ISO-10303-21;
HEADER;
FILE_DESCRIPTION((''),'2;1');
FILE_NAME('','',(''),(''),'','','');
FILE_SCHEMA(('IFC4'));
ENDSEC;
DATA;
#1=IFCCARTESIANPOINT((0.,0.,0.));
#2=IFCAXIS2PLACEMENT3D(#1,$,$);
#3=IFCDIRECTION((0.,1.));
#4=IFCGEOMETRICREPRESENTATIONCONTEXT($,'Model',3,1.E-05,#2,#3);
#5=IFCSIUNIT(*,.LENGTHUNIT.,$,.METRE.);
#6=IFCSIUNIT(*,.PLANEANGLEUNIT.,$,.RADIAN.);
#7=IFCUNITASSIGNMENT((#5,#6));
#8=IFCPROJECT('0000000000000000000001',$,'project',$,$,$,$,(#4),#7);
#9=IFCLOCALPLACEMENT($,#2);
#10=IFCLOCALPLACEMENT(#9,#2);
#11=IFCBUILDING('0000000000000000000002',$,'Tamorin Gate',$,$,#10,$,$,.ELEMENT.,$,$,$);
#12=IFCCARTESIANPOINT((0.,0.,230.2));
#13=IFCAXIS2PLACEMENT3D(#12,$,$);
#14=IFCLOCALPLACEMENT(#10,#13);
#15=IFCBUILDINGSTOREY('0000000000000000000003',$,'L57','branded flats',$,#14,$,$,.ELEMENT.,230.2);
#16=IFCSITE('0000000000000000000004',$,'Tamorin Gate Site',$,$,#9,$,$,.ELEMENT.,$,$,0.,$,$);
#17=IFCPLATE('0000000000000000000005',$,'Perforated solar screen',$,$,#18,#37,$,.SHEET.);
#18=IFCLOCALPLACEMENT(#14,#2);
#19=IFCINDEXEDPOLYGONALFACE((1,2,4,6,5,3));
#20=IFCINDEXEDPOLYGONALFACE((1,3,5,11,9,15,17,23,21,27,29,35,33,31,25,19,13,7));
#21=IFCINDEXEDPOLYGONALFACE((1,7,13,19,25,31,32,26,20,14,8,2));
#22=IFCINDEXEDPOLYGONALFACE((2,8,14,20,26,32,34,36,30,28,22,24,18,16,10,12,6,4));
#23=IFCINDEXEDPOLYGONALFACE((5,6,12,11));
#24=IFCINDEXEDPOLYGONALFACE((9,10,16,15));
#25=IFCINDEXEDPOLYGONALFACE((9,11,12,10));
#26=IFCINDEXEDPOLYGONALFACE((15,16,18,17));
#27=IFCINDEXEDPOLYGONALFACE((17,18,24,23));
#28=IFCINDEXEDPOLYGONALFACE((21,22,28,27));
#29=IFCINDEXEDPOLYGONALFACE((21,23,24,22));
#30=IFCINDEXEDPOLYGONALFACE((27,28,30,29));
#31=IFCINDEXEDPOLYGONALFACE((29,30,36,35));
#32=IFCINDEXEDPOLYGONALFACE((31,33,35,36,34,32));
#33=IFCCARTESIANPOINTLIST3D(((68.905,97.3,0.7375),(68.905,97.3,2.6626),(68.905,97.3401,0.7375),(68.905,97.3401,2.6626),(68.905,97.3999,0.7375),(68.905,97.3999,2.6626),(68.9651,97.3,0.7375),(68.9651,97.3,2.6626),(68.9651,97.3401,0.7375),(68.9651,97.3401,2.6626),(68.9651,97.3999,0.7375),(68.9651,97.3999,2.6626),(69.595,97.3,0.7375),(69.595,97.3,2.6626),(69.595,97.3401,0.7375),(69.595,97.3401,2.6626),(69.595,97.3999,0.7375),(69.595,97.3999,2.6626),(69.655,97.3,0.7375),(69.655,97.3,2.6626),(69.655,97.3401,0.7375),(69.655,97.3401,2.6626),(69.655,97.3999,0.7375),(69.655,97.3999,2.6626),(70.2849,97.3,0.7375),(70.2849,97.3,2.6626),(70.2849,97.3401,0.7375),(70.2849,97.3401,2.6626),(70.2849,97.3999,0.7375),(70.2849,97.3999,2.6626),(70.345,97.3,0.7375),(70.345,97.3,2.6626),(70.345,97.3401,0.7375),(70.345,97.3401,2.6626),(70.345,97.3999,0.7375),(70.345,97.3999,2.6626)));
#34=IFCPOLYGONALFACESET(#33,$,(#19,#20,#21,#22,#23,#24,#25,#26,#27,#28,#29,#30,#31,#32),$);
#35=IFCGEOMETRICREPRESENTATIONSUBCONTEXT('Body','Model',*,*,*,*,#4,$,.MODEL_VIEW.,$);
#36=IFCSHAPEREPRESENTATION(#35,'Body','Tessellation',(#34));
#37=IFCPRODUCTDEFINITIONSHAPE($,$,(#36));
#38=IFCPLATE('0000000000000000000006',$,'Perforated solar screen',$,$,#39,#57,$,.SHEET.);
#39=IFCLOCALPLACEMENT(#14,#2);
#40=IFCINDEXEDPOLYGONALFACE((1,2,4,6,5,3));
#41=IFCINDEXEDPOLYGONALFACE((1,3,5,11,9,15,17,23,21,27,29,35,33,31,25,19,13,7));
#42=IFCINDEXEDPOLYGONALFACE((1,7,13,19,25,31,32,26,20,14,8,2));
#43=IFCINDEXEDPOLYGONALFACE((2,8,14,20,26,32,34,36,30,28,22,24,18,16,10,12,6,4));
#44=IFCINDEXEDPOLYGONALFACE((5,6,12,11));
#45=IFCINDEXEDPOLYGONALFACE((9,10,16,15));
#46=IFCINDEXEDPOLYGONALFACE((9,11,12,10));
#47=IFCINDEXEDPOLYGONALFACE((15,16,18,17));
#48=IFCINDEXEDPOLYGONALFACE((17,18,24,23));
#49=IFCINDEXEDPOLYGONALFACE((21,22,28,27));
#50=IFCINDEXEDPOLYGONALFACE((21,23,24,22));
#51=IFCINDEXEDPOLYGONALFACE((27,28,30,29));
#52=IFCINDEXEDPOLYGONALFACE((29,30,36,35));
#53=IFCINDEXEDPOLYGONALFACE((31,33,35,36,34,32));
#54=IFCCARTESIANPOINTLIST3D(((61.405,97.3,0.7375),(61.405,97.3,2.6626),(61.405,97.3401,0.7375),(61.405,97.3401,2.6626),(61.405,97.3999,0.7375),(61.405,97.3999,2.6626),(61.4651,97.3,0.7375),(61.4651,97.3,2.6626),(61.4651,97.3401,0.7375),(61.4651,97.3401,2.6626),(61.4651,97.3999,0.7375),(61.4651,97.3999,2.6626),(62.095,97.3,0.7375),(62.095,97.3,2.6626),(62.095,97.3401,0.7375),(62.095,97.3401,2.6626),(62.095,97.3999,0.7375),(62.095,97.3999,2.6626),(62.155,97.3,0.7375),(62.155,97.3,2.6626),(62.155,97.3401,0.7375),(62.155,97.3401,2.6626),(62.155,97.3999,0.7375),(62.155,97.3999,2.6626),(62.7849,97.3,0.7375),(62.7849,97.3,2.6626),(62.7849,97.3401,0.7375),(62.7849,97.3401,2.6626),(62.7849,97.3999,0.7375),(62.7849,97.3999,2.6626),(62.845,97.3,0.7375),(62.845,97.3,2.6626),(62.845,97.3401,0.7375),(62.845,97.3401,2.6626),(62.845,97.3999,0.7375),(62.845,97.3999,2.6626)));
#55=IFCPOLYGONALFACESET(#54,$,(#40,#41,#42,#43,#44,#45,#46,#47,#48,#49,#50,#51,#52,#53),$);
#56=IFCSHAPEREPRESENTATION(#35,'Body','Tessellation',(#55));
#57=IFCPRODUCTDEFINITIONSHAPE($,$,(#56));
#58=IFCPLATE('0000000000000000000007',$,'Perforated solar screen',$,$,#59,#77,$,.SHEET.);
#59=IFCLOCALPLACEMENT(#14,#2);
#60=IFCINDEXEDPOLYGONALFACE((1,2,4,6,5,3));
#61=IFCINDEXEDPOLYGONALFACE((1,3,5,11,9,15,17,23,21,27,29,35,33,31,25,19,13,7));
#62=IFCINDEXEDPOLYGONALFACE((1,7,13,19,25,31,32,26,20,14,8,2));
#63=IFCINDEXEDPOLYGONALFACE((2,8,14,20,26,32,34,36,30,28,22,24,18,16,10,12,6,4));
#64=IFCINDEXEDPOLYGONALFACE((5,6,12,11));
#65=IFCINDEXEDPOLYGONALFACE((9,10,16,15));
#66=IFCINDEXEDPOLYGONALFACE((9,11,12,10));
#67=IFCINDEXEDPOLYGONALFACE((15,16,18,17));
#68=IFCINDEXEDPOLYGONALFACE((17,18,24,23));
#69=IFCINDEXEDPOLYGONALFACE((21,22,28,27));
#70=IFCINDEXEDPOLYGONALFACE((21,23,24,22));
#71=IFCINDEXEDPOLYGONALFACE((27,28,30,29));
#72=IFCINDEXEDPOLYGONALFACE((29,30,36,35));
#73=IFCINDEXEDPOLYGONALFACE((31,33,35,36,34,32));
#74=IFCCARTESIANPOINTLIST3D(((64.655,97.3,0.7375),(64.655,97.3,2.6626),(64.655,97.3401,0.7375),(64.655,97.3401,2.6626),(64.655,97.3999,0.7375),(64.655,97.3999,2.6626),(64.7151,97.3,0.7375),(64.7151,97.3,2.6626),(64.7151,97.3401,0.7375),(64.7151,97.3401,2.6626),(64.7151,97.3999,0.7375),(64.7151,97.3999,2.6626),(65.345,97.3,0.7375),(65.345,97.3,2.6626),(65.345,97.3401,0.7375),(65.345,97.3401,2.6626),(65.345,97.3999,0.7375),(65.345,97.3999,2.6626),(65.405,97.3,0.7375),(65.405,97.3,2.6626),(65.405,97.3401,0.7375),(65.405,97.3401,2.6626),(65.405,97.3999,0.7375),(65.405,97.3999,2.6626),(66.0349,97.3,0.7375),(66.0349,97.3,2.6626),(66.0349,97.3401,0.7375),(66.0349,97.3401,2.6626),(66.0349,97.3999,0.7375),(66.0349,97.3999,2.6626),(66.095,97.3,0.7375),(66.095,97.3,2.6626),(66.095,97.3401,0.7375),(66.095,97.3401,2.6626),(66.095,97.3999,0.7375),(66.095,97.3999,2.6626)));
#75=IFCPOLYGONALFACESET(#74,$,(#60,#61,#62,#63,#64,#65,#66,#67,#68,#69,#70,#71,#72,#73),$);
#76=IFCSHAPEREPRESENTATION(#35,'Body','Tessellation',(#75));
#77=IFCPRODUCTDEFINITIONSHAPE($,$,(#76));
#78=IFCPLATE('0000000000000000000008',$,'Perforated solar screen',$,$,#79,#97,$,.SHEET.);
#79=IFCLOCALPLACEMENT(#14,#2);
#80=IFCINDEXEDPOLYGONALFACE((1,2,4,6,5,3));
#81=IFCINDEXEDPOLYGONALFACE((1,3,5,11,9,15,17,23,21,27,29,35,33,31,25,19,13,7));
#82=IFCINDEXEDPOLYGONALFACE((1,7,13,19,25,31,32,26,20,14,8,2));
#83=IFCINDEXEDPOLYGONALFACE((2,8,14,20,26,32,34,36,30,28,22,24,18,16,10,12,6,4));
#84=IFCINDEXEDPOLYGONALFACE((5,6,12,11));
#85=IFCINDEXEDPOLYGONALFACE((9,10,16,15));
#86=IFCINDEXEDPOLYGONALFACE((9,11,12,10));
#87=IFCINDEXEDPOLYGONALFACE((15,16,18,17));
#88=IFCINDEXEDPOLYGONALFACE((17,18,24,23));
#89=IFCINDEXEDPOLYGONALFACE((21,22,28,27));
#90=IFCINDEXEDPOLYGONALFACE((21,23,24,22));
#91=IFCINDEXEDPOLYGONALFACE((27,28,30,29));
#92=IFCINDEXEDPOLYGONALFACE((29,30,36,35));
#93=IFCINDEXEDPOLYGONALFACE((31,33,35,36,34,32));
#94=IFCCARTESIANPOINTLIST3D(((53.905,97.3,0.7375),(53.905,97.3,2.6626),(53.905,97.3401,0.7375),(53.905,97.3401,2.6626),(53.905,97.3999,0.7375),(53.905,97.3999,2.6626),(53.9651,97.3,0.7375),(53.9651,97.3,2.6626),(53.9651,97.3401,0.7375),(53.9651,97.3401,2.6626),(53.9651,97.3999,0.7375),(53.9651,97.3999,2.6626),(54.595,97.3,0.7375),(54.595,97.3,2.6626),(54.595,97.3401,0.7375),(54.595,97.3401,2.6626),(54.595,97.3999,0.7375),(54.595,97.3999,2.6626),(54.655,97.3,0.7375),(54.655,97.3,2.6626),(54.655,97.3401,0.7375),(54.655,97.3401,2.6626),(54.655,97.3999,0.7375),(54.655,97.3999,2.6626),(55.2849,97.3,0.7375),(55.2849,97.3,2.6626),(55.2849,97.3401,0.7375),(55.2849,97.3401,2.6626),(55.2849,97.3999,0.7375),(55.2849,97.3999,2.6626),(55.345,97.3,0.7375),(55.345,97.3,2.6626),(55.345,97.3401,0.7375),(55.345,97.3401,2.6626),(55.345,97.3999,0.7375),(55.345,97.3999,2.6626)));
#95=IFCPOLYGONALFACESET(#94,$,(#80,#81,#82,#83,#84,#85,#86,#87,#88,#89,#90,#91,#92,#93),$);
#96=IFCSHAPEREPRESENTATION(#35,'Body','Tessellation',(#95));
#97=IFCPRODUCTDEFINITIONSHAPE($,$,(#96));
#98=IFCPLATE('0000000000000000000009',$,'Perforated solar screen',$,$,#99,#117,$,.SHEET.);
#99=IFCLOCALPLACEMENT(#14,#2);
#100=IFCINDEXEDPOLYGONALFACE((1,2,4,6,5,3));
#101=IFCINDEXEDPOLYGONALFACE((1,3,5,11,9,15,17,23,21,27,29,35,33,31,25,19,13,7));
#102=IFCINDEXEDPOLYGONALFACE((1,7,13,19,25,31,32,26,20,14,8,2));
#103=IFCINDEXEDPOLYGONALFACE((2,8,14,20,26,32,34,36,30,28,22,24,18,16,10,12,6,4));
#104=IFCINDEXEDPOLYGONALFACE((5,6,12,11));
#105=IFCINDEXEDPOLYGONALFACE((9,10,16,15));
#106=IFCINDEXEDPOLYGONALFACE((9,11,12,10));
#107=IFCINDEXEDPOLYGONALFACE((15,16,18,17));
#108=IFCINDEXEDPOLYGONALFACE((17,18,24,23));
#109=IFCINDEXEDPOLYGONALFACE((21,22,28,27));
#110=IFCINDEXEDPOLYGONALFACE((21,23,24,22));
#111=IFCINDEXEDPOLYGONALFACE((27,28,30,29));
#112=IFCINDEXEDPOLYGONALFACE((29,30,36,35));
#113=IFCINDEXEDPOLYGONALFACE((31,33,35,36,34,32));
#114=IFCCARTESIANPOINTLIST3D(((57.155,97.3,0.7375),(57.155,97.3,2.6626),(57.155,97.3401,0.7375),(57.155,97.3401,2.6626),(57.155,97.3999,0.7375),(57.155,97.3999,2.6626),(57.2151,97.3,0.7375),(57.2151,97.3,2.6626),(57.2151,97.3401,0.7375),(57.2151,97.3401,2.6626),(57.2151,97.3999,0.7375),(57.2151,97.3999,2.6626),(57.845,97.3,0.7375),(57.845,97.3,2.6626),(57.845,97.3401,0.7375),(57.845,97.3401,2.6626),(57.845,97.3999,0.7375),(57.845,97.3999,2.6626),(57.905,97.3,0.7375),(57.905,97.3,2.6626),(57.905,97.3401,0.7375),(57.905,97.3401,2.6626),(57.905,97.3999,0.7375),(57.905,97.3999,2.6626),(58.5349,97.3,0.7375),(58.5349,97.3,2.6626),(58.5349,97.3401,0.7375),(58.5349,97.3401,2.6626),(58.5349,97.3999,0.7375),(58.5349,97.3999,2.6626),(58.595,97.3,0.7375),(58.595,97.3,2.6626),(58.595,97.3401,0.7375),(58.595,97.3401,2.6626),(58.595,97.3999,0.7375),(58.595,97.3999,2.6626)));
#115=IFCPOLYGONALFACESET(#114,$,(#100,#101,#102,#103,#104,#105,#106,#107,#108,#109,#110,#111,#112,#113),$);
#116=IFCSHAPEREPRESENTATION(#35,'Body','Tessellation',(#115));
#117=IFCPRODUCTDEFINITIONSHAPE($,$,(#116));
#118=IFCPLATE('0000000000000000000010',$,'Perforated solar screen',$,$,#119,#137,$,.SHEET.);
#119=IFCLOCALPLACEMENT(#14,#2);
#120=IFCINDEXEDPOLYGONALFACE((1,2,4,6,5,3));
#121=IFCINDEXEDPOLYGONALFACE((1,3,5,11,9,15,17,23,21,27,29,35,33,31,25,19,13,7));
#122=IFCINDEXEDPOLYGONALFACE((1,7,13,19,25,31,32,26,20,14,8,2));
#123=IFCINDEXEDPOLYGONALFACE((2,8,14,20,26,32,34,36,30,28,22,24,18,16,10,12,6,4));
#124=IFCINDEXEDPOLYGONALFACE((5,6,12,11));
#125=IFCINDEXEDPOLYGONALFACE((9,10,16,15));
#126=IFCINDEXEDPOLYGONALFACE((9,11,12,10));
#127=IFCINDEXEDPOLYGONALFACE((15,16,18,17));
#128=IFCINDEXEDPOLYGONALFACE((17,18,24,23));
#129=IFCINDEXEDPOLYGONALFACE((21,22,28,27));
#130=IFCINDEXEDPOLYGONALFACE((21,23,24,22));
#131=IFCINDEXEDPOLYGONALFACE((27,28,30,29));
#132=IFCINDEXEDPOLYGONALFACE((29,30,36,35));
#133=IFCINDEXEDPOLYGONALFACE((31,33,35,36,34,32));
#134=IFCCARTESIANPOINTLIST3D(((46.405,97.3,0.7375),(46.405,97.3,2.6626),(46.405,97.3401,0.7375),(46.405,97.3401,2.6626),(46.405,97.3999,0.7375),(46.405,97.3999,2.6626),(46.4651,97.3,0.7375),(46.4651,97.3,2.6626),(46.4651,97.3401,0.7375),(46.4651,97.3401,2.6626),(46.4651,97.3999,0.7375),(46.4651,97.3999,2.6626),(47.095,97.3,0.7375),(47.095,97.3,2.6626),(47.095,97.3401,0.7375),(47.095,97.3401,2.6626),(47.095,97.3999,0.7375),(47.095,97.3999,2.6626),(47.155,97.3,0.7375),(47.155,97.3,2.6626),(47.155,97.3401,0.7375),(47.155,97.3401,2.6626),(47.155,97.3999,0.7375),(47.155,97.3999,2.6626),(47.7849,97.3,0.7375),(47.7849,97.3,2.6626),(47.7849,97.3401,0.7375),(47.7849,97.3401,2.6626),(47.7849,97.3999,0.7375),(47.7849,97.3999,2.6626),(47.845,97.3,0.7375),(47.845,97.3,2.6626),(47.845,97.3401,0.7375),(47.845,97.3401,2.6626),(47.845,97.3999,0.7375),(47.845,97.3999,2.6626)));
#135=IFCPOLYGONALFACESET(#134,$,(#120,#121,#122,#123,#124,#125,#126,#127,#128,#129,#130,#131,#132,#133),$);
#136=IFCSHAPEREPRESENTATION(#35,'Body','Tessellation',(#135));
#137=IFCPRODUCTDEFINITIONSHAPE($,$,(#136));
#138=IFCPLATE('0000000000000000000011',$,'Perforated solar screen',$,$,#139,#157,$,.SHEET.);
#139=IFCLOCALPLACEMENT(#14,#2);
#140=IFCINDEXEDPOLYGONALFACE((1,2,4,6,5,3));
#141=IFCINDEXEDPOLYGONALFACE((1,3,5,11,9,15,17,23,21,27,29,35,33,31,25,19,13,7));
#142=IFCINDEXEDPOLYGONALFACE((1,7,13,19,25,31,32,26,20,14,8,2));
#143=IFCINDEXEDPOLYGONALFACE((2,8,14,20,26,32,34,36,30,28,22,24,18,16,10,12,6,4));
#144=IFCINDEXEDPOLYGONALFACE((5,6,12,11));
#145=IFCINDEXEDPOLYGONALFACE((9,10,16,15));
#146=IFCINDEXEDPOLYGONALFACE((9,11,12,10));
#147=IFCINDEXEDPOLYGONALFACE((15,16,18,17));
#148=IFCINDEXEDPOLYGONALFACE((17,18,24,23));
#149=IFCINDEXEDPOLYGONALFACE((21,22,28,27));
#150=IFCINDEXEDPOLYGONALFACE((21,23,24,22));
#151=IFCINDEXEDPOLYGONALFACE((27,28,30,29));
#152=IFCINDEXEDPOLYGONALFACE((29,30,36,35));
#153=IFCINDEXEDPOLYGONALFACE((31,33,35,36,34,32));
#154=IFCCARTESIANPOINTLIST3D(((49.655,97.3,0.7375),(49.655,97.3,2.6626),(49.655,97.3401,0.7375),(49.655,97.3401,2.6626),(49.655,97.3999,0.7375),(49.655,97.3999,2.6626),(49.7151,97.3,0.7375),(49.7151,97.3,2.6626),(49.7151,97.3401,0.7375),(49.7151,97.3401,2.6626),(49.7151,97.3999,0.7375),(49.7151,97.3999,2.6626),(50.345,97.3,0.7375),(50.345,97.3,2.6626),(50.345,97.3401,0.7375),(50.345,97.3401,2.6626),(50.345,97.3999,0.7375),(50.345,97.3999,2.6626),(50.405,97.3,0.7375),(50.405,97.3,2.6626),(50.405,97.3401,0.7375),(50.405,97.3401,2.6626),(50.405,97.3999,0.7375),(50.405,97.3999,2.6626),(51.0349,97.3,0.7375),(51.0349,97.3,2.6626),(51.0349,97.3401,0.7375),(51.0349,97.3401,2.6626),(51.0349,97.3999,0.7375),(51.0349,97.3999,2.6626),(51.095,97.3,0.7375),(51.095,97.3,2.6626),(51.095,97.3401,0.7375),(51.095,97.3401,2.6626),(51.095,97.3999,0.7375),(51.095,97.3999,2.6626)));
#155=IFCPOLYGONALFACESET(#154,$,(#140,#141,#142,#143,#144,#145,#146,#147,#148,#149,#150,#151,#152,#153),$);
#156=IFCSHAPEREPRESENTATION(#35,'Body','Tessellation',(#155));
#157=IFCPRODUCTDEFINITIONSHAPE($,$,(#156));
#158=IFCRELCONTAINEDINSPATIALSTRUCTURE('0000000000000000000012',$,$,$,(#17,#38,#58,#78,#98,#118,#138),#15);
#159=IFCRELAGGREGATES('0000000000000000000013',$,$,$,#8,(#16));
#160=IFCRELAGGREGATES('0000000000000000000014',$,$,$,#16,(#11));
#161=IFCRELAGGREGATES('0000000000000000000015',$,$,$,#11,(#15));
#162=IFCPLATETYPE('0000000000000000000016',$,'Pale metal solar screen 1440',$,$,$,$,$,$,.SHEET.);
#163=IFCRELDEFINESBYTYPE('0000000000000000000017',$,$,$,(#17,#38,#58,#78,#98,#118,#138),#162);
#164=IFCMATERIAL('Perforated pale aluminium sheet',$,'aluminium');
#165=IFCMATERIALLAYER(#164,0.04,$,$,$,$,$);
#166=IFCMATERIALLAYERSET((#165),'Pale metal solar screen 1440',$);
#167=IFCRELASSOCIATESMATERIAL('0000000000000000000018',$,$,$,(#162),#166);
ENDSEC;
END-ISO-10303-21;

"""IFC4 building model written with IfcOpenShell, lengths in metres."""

from ifc_helpers import new_model, si_unit, direction, frame, origin, place, context, subcontext, project, spatial, polyline, outline, extrude, material, layer, layer_set, type_object, element, save


model = new_model("IFC4")

# Units and contexts
model_context = context("Model", 3, precision=1e-05, world=origin(), true_north=direction((0.0, 1.0)))
body_context = subcontext(model_context, "Body", "Model", "MODEL_VIEW")
ifc_project = project(units=[si_unit("LENGTHUNIT", "METRE"), si_unit("PLANEANGLEUNIT", "RADIAN")], contexts=[model_context])

# Site, building, storey
site_placement = place(None, origin())
site = spatial("IfcSite", under=ifc_project, at=site_placement, Name="Tamorin Gate Site", CompositionType="ELEMENT", RefElevation=0.0)
building_placement = place(site_placement, origin())
building = spatial("IfcBuilding", under=site, at=building_placement, Name="Tamorin Gate", CompositionType="ELEMENT")
storey_placement = place(building_placement, frame((0.0, 0.0, 230.2)))
storey = spatial("IfcBuildingStorey", under=building, at=storey_placement, Name="L57", Description="branded flats", CompositionType="ELEMENT", Elevation=230.2)

# Plates
ifc_material_1 = material(Name="Perforated pale aluminium sheet", Category="aluminium")
ifc_layer_1 = layer(ifc_material_1, 0.04)
ifc_layer_set_1 = layer_set([ifc_layer_1], Name="Pale metal solar screen 1440")
plate_type = type_object("IfcPlateType", Name="Pale metal solar screen 1440", PredefinedType="SHEET", material=ifc_layer_set_1)
plate_1_placement = place(storey_placement, frame((0.0, 0.0, 0.7375)))
element("IfcPlate", 1, at=plate_1_placement, inside=storey, type_object=plate_type, Name="Perforated solar screen", PredefinedType="SHEET", context=body_context, shape_type="SweptSolid", body=[
    extrude(outline(polyline([(70.345, 97.3401), (70.345, 97.3), (70.2849, 97.3), (69.655, 97.3), (69.595, 97.3), (68.9651, 97.3), (68.905, 97.3), (68.905, 97.3), (68.905, 97.3401), (68.905, 97.3401), (68.905, 97.3999), (68.9651, 97.3999), (68.9651, 97.3401), (69.595, 97.3401), (69.595, 97.3999), (69.655, 97.3999), (69.655, 97.3401), (70.2849, 97.3401), (70.2849, 97.3999), (70.345, 97.3999), (70.345, 97.3401)])), origin(), (0.0, 0.0, 1.0), 1.925),
])
plate_2_placement = place(storey_placement, frame((0.0, 0.0, 0.7375)))
element("IfcPlate", 2, at=plate_2_placement, inside=storey, type_object=plate_type, Name="Perforated solar screen", PredefinedType="SHEET", context=body_context, shape_type="SweptSolid", body=[
    extrude(outline(polyline([(62.845, 97.3401), (62.845, 97.3), (62.7849, 97.3), (62.155, 97.3), (62.095, 97.3), (61.4651, 97.3), (61.405, 97.3), (61.405, 97.3401), (61.405, 97.3999), (61.4651, 97.3999), (61.4651, 97.3401), (62.095, 97.3401), (62.095, 97.3999), (62.155, 97.3999), (62.155, 97.3401), (62.7849, 97.3401), (62.7849, 97.3999), (62.845, 97.3999), (62.845, 97.3401)])), origin(), (0.0, 0.0, 1.0), 1.925),
])
plate_3_placement = place(storey_placement, frame((0.0, 0.0, 0.7375)))
element("IfcPlate", 3, at=plate_3_placement, inside=storey, type_object=plate_type, Name="Perforated solar screen", PredefinedType="SHEET", context=body_context, shape_type="SweptSolid", body=[
    extrude(outline(polyline([(66.095, 97.3401), (66.095, 97.3), (66.0349, 97.3), (65.405, 97.3), (65.345, 97.3), (64.7151, 97.3), (64.655, 97.3), (64.655, 97.3401), (64.655, 97.3999), (64.7151, 97.3999), (64.7151, 97.3401), (65.345, 97.3401), (65.345, 97.3999), (65.405, 97.3999), (65.405, 97.3401), (66.0349, 97.3401), (66.0349, 97.3999), (66.095, 97.3999), (66.095, 97.3401)])), origin(), (0.0, 0.0, 1.0), 1.925),
])
plate_4_placement = place(storey_placement, frame((0.0, 0.0, 0.7375)))
element("IfcPlate", 4, at=plate_4_placement, inside=storey, type_object=plate_type, Name="Perforated solar screen", PredefinedType="SHEET", context=body_context, shape_type="SweptSolid", body=[
    extrude(outline(polyline([(55.345, 97.3401), (55.345, 97.3), (55.2849, 97.3), (54.655, 97.3), (54.595, 97.3), (53.9651, 97.3), (53.905, 97.3), (53.905, 97.3401), (53.905, 97.3999), (53.9651, 97.3999), (53.9651, 97.3401), (54.595, 97.3401), (54.595, 97.3999), (54.655, 97.3999), (54.655, 97.3401), (55.2849, 97.3401), (55.2849, 97.3999), (55.345, 97.3999), (55.345, 97.3401)])), origin(), (0.0, 0.0, 1.0), 1.925),
])
plate_5_placement = place(storey_placement, frame((0.0, 0.0, 0.7375)))
element("IfcPlate", 5, at=plate_5_placement, inside=storey, type_object=plate_type, Name="Perforated solar screen", PredefinedType="SHEET", context=body_context, shape_type="SweptSolid", body=[
    extrude(outline(polyline([(58.595, 97.3401), (58.595, 97.3), (58.5349, 97.3), (57.905, 97.3), (57.845, 97.3), (57.2151, 97.3), (57.155, 97.3), (57.155, 97.3401), (57.155, 97.3999), (57.2151, 97.3999), (57.2151, 97.3401), (57.845, 97.3401), (57.845, 97.3999), (57.905, 97.3999), (57.905, 97.3401), (58.5349, 97.3401), (58.5349, 97.3999), (58.595, 97.3999), (58.595, 97.3401)])), origin(), (0.0, 0.0, 1.0), 1.925),
])
plate_6_placement = place(storey_placement, frame((0.0, 0.0, 0.7375)))
element("IfcPlate", 6, at=plate_6_placement, inside=storey, type_object=plate_type, Name="Perforated solar screen", PredefinedType="SHEET", context=body_context, shape_type="SweptSolid", body=[
    extrude(outline(polyline([(47.845, 97.3401), (47.845, 97.3), (47.7849, 97.3), (47.155, 97.3), (47.095, 97.3), (46.4651, 97.3), (46.405, 97.3), (46.405, 97.3401), (46.405, 97.3999), (46.4651, 97.3999), (46.4651, 97.3401), (47.095, 97.3401), (47.095, 97.3999), (47.155, 97.3999), (47.155, 97.3401), (47.7849, 97.3401), (47.7849, 97.3999), (47.845, 97.3999), (47.845, 97.3401)])), origin(), (0.0, 0.0, 1.0), 1.925),
])
plate_7_placement = place(storey_placement, frame((0.0, 0.0, 0.7375)))
element("IfcPlate", 7, at=plate_7_placement, inside=storey, type_object=plate_type, Name="Perforated solar screen", PredefinedType="SHEET", context=body_context, shape_type="SweptSolid", body=[
    extrude(outline(polyline([(51.095, 97.3401), (51.095, 97.3), (51.0349, 97.3), (50.405, 97.3), (50.345, 97.3), (49.7151, 97.3), (49.655, 97.3), (49.655, 97.3401), (49.655, 97.3999), (49.7151, 97.3999), (49.7151, 97.3401), (50.345, 97.3401), (50.345, 97.3999), (50.405, 97.3999), (50.405, 97.3401), (51.0349, 97.3401), (51.0349, 97.3999), (51.095, 97.3999), (51.095, 97.3401)])), origin(), (0.0, 0.0, 1.0), 1.925),
])

save(model, "model.ifc")
